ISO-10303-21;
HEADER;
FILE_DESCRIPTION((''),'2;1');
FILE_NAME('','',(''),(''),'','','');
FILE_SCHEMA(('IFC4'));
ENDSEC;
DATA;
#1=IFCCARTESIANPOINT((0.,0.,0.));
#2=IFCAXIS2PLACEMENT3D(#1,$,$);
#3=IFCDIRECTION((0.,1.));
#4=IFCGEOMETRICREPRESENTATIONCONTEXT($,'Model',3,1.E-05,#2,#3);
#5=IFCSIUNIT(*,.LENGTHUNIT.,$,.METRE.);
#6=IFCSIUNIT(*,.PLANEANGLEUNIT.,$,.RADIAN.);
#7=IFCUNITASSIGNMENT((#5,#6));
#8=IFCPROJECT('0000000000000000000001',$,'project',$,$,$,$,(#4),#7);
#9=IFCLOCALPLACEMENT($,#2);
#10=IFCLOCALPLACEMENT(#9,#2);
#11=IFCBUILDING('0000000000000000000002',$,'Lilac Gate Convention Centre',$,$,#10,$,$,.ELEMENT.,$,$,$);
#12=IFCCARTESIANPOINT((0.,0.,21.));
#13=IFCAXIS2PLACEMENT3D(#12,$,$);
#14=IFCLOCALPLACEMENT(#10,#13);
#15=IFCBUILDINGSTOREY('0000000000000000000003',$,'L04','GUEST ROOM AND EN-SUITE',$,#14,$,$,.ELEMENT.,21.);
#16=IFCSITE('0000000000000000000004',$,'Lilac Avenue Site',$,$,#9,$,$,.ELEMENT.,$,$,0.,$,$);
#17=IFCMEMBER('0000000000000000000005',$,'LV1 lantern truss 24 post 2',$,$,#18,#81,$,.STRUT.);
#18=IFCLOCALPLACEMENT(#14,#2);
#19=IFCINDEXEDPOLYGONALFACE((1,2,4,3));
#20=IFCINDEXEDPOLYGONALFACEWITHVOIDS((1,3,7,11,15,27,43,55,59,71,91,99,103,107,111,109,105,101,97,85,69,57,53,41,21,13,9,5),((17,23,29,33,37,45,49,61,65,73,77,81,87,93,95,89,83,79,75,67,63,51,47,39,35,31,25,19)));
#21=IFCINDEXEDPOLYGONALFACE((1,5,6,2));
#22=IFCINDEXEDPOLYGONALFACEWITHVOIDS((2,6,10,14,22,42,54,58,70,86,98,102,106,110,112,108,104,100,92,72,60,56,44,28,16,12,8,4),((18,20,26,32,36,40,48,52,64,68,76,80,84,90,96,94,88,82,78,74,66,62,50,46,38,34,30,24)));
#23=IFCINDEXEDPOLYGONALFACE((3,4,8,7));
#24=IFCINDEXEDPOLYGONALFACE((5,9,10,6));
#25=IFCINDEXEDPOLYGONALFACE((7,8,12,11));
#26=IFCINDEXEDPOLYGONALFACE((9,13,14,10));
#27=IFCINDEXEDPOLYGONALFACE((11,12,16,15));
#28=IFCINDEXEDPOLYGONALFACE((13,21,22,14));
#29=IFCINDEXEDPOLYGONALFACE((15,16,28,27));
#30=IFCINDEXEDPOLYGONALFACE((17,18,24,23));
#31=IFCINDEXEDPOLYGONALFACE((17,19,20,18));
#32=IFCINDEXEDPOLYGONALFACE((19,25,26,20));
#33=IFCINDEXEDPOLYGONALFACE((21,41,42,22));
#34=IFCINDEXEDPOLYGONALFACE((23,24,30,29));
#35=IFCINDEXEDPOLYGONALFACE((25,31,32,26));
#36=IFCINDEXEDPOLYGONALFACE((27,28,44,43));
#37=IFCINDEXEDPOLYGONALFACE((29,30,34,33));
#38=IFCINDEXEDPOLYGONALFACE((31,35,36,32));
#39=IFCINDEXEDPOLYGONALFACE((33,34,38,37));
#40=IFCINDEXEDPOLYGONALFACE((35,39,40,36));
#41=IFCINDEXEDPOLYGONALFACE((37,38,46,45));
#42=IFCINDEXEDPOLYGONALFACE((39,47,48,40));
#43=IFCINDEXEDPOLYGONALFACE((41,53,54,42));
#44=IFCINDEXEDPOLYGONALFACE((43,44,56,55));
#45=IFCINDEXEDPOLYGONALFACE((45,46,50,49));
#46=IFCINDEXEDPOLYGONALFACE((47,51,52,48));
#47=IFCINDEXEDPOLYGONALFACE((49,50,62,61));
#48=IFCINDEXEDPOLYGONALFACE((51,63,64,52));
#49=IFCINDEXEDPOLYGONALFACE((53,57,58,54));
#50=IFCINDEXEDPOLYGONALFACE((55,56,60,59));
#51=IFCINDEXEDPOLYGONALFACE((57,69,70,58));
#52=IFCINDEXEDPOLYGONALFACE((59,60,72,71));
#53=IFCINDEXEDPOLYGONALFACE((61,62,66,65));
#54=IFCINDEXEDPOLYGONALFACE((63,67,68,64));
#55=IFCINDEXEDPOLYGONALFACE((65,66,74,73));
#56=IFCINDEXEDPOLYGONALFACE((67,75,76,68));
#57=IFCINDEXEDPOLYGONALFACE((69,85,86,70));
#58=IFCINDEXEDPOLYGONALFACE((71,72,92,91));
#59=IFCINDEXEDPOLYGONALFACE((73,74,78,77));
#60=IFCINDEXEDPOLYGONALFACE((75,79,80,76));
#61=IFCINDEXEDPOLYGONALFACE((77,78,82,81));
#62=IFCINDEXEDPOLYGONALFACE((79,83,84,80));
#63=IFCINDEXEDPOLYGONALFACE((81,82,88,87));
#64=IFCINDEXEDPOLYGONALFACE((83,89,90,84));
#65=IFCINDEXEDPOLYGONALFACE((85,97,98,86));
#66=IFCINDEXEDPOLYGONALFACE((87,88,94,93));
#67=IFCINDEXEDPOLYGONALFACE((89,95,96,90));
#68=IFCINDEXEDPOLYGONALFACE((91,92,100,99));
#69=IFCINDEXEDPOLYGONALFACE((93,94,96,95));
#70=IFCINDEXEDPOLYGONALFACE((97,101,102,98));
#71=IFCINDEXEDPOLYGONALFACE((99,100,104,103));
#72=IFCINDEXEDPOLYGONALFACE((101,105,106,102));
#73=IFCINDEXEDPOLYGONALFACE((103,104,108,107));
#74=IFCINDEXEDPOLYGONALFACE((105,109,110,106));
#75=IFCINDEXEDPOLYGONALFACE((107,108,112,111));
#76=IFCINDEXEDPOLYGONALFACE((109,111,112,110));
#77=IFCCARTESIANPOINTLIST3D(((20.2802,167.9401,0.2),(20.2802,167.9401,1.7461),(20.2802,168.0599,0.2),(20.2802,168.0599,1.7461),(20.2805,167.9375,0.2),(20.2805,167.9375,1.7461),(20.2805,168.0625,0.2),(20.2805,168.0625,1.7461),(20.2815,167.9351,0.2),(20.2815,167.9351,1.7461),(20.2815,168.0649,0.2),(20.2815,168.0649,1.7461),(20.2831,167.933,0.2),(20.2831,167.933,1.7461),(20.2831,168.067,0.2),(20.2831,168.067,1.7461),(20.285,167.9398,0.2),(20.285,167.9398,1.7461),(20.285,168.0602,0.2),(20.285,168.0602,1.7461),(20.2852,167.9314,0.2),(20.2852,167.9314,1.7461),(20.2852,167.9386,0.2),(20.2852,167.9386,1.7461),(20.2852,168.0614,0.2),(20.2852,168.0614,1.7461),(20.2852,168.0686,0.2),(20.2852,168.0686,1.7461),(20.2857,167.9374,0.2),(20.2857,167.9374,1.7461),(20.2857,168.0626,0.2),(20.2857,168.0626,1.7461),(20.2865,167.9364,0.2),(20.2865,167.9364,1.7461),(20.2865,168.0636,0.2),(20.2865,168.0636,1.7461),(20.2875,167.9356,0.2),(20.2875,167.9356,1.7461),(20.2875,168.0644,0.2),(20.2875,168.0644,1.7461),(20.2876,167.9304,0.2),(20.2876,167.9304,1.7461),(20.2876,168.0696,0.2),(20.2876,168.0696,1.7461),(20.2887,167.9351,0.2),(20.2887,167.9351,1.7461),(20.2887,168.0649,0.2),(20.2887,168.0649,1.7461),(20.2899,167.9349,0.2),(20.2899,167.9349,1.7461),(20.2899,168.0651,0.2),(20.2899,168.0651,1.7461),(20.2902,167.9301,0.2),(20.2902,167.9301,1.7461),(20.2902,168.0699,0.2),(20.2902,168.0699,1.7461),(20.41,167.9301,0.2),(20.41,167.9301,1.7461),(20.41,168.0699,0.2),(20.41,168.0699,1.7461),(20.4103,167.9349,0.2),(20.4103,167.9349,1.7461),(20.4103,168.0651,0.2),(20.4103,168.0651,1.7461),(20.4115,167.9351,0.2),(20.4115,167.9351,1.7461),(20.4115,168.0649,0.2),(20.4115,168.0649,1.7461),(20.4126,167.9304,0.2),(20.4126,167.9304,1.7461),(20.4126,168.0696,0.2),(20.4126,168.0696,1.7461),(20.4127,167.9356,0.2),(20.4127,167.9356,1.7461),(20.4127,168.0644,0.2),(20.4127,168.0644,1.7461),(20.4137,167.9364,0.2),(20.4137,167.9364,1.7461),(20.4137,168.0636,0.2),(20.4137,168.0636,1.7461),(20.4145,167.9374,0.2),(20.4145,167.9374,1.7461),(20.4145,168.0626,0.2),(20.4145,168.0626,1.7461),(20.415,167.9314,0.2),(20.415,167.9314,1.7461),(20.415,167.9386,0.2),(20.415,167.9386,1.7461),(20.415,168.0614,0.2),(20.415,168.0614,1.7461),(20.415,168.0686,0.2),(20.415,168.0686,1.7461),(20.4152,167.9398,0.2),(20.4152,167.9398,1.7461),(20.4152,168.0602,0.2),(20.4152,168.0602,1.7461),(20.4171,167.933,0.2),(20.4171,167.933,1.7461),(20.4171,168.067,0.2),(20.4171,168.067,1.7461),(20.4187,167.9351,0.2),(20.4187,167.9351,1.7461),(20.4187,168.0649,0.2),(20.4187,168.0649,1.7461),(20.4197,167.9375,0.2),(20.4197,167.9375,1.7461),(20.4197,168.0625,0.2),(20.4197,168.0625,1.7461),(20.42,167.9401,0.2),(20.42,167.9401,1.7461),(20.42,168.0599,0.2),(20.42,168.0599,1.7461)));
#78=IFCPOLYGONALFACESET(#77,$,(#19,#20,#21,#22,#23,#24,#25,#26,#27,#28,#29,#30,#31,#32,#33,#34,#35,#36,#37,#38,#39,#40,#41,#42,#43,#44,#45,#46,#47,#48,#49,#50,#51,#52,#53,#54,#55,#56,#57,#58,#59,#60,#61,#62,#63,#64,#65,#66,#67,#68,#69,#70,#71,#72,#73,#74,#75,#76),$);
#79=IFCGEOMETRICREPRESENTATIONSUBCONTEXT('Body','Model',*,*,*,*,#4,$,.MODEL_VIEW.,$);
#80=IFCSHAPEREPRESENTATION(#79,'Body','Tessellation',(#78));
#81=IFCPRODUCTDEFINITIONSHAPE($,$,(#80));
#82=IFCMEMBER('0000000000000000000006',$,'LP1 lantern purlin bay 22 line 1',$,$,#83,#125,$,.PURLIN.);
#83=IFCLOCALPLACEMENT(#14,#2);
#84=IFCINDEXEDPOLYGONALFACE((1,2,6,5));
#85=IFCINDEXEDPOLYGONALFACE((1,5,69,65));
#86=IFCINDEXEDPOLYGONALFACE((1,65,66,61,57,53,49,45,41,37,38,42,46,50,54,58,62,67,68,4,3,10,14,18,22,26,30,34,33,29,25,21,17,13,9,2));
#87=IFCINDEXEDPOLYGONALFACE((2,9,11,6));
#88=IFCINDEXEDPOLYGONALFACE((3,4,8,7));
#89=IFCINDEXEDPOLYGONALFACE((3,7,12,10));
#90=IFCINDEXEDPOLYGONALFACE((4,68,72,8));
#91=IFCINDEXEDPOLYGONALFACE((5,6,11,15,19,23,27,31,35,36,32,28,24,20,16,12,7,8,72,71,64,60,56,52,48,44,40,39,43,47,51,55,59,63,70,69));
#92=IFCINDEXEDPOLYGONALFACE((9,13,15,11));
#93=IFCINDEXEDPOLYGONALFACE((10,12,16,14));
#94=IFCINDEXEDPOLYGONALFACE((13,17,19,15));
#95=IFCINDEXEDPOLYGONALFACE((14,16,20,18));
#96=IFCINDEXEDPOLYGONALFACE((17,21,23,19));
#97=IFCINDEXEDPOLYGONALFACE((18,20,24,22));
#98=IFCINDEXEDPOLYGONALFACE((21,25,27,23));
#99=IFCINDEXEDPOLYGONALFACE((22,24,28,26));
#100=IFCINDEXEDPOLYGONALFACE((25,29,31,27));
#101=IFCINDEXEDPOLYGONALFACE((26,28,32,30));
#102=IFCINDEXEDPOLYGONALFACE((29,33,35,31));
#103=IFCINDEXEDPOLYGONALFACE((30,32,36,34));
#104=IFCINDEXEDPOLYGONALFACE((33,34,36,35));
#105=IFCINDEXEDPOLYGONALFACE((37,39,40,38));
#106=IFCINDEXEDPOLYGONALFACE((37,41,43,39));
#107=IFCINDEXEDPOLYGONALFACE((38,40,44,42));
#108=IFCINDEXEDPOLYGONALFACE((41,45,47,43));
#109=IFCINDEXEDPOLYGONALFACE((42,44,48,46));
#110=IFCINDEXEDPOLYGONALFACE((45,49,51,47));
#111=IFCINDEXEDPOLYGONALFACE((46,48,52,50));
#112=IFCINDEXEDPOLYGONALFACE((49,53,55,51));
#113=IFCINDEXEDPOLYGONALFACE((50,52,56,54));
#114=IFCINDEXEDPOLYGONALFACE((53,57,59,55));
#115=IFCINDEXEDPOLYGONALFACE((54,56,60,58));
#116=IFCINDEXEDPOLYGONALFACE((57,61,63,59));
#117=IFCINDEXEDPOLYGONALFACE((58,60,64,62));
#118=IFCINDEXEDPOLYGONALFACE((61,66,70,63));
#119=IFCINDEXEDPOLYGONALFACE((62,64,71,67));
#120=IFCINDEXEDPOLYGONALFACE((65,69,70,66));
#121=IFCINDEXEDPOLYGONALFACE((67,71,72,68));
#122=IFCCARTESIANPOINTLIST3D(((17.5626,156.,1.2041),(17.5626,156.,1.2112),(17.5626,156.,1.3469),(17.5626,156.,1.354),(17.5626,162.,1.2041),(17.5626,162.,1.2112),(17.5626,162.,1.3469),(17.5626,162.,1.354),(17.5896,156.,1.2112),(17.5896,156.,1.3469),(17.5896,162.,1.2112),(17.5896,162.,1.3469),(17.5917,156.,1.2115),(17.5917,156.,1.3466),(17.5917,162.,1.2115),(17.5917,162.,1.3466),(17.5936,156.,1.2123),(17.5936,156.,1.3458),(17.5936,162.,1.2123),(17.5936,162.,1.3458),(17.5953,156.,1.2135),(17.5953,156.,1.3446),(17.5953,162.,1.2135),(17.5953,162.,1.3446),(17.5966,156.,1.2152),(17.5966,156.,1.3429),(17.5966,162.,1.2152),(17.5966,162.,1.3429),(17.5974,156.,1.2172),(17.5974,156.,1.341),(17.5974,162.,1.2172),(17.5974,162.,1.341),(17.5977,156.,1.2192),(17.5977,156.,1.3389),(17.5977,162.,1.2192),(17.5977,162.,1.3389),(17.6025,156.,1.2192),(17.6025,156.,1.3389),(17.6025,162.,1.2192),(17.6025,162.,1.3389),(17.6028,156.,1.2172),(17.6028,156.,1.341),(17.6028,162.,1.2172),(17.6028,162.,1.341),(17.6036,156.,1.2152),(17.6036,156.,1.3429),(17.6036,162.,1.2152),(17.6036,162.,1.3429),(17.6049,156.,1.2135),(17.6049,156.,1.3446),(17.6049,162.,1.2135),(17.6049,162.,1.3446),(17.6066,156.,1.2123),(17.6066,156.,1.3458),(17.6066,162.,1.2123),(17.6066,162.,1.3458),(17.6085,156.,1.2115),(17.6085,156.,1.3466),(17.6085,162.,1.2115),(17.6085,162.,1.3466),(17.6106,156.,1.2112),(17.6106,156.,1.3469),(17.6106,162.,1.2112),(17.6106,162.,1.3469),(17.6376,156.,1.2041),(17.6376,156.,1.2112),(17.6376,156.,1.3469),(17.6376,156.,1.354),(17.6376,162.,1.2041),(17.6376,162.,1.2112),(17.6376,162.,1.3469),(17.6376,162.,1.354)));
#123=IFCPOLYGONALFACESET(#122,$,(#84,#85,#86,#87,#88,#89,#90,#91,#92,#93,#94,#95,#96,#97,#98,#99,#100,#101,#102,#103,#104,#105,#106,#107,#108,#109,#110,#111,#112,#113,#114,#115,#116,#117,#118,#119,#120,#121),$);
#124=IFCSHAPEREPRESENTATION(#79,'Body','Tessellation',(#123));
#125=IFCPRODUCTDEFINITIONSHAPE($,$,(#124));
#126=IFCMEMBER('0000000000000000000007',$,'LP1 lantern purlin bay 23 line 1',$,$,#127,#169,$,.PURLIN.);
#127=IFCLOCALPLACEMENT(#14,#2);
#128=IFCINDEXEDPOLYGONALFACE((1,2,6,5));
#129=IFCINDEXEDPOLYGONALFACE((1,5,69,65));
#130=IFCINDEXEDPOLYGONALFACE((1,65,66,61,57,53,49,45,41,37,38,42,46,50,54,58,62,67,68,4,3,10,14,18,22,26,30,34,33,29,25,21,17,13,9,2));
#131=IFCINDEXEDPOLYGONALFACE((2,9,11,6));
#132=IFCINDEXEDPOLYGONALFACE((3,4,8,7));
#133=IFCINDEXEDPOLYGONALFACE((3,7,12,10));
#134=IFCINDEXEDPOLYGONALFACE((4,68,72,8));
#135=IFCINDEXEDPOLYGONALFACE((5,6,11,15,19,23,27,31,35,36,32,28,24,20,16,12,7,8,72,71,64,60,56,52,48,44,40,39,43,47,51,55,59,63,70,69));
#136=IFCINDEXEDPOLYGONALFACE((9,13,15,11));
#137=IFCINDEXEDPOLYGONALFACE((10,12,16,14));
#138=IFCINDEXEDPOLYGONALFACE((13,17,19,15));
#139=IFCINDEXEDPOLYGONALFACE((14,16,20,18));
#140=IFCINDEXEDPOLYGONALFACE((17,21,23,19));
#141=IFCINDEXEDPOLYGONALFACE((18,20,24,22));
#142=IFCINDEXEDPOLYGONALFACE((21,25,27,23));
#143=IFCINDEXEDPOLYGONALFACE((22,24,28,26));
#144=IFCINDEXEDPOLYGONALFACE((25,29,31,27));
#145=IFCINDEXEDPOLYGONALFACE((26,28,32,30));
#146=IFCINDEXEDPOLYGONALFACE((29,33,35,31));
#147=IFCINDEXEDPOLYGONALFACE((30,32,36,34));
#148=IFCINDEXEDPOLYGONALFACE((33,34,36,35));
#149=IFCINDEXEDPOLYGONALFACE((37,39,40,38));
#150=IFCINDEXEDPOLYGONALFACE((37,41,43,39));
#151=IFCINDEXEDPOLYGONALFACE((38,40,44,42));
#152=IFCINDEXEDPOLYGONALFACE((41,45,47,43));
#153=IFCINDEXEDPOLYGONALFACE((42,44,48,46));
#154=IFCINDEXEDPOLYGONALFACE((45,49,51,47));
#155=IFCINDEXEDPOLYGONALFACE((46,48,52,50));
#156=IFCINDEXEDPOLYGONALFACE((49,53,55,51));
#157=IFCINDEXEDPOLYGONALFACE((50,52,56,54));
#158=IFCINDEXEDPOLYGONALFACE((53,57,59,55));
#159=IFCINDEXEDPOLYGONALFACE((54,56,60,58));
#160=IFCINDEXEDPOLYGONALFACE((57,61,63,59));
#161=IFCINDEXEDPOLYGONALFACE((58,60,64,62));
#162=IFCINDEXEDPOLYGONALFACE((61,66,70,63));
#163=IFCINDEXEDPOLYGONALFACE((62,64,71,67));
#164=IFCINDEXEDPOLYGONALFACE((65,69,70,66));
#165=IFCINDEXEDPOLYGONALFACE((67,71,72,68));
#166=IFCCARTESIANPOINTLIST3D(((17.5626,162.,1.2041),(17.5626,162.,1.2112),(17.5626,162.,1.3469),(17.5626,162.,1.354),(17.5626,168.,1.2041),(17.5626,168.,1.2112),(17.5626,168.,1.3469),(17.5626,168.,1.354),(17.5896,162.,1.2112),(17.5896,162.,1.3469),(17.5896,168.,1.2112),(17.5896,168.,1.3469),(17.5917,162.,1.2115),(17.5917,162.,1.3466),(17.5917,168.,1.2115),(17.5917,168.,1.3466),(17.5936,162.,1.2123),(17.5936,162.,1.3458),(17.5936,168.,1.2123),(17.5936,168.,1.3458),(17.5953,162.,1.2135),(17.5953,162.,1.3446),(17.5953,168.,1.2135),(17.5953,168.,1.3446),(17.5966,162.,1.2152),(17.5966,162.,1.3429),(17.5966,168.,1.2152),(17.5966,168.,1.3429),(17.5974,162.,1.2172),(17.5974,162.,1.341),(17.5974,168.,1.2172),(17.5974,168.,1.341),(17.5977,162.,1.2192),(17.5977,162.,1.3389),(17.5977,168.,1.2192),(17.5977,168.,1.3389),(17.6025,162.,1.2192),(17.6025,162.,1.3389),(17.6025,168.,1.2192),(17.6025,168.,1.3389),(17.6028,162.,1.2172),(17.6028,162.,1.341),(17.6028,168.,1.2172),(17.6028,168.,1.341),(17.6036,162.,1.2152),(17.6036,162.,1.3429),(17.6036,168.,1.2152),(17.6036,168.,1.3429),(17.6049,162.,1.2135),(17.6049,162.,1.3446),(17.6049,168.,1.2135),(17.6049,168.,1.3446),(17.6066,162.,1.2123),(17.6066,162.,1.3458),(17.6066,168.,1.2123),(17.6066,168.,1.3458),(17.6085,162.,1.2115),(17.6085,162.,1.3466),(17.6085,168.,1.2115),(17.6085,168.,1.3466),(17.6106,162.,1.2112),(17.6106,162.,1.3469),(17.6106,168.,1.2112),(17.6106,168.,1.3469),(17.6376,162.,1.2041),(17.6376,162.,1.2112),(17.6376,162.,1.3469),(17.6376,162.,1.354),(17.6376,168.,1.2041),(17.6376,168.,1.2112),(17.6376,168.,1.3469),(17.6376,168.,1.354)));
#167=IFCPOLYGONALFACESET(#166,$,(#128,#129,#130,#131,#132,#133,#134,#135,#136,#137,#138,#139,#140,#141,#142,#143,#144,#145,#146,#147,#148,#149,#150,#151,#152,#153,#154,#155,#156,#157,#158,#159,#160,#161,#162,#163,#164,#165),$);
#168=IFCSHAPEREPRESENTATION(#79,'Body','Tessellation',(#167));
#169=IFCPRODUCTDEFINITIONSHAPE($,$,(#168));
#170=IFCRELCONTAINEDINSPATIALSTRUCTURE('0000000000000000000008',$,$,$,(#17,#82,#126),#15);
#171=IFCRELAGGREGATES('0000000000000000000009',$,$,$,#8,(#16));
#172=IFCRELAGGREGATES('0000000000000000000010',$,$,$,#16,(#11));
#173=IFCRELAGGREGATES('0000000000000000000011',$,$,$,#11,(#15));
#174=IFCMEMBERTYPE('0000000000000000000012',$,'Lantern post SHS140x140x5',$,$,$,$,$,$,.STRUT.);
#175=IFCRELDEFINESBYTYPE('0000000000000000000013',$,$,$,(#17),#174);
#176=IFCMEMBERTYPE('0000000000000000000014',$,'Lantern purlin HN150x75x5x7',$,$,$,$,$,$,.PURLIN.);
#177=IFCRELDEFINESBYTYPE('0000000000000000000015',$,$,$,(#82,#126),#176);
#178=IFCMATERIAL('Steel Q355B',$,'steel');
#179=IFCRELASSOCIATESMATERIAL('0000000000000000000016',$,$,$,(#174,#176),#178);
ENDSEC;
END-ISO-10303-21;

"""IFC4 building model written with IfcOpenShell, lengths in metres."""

from ifc_helpers import new_model, si_unit, direction, frame, origin, origin_2d, place, context, subcontext, project, spatial, hollow_rectangle, i_section, extrude, material, material_profile, profile_set, type_object, element, save


model = new_model("IFC4")

# Units and contexts
model_context = context("Model", 3, precision=1e-05, world=origin(), true_north=direction((0.0, 1.0)))
body_context = subcontext(model_context, "Body", "Model", "MODEL_VIEW")
ifc_project = project(units=[si_unit("LENGTHUNIT", "METRE"), si_unit("PLANEANGLEUNIT", "RADIAN")], contexts=[model_context])

# Site, building, storey
site_placement = place(None, origin())
site = spatial("IfcSite", under=ifc_project, at=site_placement, Name="Lilac Avenue Site", CompositionType="ELEMENT", RefElevation=0.0)
building_placement = place(site_placement, origin())
building = spatial("IfcBuilding", under=site, at=building_placement, Name="Lilac Gate Convention Centre", CompositionType="ELEMENT")
storey_placement = place(building_placement, frame((0.0, 0.0, 21.0)))
storey = spatial("IfcBuildingStorey", under=building, at=storey_placement, Name="L04", Description="GUEST ROOM AND EN-SUITE", CompositionType="ELEMENT", Elevation=21.0)

# Members
ifc_material_1 = material(Name="Steel Q355B", Category="steel")
ifc_material_profile_1 = material_profile(ifc_material_1, hollow_rectangle(XDim=0.1399, YDim=0.1399, WallThickness=0.0049, InnerFilletRadius=0.0049, OuterFilletRadius=0.01, at=origin_2d()), Name="SHS140x140x5")
ifc_profile_set_1 = profile_set([ifc_material_profile_1], Name="Steel Q355B")
member_type_1 = type_object("IfcMemberType", Name="Lantern post SHS140x140x5", PredefinedType="STRUT", material=ifc_profile_set_1)
member_1_placement = place(storey_placement, frame((20.3501, 168.0, 0.2), z_axis=(0.0, 0.0, 1.0), x_axis=(1.0, 0.0, 0.0)))
element("IfcMember", 1, at=member_1_placement, inside=storey, type_object=member_type_1, Name="LV1 lantern truss 24 post 2", PredefinedType="STRUT", context=body_context, shape_type="SweptSolid", body=[
    extrude(hollow_rectangle(XDim=0.1399, YDim=0.1399, WallThickness=0.0049, InnerFilletRadius=0.0049, OuterFilletRadius=0.01, at=origin_2d()), origin(), (0.0, 0.0, 1.0), 1.5461),
])
ifc_material_profile_2 = material_profile(ifc_material_1, i_section(OverallWidth=0.075, OverallDepth=0.1499, WebThickness=0.0049, FlangeThickness=0.0071, FilletRadius=0.0081, at=origin_2d()), Name="HN150x75x5x7")
ifc_profile_set_2 = profile_set([ifc_material_profile_2], Name="Steel Q355B")
member_type_2 = type_object("IfcMemberType", Name="Lantern purlin HN150x75x5x7", PredefinedType="PURLIN", material=ifc_profile_set_2)
for number, where, z_axis, x_axis, name in (
    (2, (17.6001, 156.0, 1.2791), (0.0, 1.0, 0.0), (-1.0, 0.0, 0.0), "LP1 lantern purlin bay 22 line 1"),
    (3, (17.6001, 162.0, 1.2791), (0.0, 1.0, 0.0), (-1.0, 0.0, 0.0), "LP1 lantern purlin bay 23 line 1"),
):
    element("IfcMember", number, at=place(storey_placement, frame(where, z_axis=z_axis, x_axis=x_axis)), inside=storey, type_object=member_type_2, Name=name, PredefinedType="PURLIN", context=body_context, shape_type="SweptSolid", body=[
        extrude(i_section(OverallWidth=0.075, OverallDepth=0.1499, WebThickness=0.0049, FlangeThickness=0.0071, FilletRadius=0.0081, at=origin_2d()), origin(), (0.0, 0.0, 1.0), 6.0),
    ])

save(model, "model.ifc")
